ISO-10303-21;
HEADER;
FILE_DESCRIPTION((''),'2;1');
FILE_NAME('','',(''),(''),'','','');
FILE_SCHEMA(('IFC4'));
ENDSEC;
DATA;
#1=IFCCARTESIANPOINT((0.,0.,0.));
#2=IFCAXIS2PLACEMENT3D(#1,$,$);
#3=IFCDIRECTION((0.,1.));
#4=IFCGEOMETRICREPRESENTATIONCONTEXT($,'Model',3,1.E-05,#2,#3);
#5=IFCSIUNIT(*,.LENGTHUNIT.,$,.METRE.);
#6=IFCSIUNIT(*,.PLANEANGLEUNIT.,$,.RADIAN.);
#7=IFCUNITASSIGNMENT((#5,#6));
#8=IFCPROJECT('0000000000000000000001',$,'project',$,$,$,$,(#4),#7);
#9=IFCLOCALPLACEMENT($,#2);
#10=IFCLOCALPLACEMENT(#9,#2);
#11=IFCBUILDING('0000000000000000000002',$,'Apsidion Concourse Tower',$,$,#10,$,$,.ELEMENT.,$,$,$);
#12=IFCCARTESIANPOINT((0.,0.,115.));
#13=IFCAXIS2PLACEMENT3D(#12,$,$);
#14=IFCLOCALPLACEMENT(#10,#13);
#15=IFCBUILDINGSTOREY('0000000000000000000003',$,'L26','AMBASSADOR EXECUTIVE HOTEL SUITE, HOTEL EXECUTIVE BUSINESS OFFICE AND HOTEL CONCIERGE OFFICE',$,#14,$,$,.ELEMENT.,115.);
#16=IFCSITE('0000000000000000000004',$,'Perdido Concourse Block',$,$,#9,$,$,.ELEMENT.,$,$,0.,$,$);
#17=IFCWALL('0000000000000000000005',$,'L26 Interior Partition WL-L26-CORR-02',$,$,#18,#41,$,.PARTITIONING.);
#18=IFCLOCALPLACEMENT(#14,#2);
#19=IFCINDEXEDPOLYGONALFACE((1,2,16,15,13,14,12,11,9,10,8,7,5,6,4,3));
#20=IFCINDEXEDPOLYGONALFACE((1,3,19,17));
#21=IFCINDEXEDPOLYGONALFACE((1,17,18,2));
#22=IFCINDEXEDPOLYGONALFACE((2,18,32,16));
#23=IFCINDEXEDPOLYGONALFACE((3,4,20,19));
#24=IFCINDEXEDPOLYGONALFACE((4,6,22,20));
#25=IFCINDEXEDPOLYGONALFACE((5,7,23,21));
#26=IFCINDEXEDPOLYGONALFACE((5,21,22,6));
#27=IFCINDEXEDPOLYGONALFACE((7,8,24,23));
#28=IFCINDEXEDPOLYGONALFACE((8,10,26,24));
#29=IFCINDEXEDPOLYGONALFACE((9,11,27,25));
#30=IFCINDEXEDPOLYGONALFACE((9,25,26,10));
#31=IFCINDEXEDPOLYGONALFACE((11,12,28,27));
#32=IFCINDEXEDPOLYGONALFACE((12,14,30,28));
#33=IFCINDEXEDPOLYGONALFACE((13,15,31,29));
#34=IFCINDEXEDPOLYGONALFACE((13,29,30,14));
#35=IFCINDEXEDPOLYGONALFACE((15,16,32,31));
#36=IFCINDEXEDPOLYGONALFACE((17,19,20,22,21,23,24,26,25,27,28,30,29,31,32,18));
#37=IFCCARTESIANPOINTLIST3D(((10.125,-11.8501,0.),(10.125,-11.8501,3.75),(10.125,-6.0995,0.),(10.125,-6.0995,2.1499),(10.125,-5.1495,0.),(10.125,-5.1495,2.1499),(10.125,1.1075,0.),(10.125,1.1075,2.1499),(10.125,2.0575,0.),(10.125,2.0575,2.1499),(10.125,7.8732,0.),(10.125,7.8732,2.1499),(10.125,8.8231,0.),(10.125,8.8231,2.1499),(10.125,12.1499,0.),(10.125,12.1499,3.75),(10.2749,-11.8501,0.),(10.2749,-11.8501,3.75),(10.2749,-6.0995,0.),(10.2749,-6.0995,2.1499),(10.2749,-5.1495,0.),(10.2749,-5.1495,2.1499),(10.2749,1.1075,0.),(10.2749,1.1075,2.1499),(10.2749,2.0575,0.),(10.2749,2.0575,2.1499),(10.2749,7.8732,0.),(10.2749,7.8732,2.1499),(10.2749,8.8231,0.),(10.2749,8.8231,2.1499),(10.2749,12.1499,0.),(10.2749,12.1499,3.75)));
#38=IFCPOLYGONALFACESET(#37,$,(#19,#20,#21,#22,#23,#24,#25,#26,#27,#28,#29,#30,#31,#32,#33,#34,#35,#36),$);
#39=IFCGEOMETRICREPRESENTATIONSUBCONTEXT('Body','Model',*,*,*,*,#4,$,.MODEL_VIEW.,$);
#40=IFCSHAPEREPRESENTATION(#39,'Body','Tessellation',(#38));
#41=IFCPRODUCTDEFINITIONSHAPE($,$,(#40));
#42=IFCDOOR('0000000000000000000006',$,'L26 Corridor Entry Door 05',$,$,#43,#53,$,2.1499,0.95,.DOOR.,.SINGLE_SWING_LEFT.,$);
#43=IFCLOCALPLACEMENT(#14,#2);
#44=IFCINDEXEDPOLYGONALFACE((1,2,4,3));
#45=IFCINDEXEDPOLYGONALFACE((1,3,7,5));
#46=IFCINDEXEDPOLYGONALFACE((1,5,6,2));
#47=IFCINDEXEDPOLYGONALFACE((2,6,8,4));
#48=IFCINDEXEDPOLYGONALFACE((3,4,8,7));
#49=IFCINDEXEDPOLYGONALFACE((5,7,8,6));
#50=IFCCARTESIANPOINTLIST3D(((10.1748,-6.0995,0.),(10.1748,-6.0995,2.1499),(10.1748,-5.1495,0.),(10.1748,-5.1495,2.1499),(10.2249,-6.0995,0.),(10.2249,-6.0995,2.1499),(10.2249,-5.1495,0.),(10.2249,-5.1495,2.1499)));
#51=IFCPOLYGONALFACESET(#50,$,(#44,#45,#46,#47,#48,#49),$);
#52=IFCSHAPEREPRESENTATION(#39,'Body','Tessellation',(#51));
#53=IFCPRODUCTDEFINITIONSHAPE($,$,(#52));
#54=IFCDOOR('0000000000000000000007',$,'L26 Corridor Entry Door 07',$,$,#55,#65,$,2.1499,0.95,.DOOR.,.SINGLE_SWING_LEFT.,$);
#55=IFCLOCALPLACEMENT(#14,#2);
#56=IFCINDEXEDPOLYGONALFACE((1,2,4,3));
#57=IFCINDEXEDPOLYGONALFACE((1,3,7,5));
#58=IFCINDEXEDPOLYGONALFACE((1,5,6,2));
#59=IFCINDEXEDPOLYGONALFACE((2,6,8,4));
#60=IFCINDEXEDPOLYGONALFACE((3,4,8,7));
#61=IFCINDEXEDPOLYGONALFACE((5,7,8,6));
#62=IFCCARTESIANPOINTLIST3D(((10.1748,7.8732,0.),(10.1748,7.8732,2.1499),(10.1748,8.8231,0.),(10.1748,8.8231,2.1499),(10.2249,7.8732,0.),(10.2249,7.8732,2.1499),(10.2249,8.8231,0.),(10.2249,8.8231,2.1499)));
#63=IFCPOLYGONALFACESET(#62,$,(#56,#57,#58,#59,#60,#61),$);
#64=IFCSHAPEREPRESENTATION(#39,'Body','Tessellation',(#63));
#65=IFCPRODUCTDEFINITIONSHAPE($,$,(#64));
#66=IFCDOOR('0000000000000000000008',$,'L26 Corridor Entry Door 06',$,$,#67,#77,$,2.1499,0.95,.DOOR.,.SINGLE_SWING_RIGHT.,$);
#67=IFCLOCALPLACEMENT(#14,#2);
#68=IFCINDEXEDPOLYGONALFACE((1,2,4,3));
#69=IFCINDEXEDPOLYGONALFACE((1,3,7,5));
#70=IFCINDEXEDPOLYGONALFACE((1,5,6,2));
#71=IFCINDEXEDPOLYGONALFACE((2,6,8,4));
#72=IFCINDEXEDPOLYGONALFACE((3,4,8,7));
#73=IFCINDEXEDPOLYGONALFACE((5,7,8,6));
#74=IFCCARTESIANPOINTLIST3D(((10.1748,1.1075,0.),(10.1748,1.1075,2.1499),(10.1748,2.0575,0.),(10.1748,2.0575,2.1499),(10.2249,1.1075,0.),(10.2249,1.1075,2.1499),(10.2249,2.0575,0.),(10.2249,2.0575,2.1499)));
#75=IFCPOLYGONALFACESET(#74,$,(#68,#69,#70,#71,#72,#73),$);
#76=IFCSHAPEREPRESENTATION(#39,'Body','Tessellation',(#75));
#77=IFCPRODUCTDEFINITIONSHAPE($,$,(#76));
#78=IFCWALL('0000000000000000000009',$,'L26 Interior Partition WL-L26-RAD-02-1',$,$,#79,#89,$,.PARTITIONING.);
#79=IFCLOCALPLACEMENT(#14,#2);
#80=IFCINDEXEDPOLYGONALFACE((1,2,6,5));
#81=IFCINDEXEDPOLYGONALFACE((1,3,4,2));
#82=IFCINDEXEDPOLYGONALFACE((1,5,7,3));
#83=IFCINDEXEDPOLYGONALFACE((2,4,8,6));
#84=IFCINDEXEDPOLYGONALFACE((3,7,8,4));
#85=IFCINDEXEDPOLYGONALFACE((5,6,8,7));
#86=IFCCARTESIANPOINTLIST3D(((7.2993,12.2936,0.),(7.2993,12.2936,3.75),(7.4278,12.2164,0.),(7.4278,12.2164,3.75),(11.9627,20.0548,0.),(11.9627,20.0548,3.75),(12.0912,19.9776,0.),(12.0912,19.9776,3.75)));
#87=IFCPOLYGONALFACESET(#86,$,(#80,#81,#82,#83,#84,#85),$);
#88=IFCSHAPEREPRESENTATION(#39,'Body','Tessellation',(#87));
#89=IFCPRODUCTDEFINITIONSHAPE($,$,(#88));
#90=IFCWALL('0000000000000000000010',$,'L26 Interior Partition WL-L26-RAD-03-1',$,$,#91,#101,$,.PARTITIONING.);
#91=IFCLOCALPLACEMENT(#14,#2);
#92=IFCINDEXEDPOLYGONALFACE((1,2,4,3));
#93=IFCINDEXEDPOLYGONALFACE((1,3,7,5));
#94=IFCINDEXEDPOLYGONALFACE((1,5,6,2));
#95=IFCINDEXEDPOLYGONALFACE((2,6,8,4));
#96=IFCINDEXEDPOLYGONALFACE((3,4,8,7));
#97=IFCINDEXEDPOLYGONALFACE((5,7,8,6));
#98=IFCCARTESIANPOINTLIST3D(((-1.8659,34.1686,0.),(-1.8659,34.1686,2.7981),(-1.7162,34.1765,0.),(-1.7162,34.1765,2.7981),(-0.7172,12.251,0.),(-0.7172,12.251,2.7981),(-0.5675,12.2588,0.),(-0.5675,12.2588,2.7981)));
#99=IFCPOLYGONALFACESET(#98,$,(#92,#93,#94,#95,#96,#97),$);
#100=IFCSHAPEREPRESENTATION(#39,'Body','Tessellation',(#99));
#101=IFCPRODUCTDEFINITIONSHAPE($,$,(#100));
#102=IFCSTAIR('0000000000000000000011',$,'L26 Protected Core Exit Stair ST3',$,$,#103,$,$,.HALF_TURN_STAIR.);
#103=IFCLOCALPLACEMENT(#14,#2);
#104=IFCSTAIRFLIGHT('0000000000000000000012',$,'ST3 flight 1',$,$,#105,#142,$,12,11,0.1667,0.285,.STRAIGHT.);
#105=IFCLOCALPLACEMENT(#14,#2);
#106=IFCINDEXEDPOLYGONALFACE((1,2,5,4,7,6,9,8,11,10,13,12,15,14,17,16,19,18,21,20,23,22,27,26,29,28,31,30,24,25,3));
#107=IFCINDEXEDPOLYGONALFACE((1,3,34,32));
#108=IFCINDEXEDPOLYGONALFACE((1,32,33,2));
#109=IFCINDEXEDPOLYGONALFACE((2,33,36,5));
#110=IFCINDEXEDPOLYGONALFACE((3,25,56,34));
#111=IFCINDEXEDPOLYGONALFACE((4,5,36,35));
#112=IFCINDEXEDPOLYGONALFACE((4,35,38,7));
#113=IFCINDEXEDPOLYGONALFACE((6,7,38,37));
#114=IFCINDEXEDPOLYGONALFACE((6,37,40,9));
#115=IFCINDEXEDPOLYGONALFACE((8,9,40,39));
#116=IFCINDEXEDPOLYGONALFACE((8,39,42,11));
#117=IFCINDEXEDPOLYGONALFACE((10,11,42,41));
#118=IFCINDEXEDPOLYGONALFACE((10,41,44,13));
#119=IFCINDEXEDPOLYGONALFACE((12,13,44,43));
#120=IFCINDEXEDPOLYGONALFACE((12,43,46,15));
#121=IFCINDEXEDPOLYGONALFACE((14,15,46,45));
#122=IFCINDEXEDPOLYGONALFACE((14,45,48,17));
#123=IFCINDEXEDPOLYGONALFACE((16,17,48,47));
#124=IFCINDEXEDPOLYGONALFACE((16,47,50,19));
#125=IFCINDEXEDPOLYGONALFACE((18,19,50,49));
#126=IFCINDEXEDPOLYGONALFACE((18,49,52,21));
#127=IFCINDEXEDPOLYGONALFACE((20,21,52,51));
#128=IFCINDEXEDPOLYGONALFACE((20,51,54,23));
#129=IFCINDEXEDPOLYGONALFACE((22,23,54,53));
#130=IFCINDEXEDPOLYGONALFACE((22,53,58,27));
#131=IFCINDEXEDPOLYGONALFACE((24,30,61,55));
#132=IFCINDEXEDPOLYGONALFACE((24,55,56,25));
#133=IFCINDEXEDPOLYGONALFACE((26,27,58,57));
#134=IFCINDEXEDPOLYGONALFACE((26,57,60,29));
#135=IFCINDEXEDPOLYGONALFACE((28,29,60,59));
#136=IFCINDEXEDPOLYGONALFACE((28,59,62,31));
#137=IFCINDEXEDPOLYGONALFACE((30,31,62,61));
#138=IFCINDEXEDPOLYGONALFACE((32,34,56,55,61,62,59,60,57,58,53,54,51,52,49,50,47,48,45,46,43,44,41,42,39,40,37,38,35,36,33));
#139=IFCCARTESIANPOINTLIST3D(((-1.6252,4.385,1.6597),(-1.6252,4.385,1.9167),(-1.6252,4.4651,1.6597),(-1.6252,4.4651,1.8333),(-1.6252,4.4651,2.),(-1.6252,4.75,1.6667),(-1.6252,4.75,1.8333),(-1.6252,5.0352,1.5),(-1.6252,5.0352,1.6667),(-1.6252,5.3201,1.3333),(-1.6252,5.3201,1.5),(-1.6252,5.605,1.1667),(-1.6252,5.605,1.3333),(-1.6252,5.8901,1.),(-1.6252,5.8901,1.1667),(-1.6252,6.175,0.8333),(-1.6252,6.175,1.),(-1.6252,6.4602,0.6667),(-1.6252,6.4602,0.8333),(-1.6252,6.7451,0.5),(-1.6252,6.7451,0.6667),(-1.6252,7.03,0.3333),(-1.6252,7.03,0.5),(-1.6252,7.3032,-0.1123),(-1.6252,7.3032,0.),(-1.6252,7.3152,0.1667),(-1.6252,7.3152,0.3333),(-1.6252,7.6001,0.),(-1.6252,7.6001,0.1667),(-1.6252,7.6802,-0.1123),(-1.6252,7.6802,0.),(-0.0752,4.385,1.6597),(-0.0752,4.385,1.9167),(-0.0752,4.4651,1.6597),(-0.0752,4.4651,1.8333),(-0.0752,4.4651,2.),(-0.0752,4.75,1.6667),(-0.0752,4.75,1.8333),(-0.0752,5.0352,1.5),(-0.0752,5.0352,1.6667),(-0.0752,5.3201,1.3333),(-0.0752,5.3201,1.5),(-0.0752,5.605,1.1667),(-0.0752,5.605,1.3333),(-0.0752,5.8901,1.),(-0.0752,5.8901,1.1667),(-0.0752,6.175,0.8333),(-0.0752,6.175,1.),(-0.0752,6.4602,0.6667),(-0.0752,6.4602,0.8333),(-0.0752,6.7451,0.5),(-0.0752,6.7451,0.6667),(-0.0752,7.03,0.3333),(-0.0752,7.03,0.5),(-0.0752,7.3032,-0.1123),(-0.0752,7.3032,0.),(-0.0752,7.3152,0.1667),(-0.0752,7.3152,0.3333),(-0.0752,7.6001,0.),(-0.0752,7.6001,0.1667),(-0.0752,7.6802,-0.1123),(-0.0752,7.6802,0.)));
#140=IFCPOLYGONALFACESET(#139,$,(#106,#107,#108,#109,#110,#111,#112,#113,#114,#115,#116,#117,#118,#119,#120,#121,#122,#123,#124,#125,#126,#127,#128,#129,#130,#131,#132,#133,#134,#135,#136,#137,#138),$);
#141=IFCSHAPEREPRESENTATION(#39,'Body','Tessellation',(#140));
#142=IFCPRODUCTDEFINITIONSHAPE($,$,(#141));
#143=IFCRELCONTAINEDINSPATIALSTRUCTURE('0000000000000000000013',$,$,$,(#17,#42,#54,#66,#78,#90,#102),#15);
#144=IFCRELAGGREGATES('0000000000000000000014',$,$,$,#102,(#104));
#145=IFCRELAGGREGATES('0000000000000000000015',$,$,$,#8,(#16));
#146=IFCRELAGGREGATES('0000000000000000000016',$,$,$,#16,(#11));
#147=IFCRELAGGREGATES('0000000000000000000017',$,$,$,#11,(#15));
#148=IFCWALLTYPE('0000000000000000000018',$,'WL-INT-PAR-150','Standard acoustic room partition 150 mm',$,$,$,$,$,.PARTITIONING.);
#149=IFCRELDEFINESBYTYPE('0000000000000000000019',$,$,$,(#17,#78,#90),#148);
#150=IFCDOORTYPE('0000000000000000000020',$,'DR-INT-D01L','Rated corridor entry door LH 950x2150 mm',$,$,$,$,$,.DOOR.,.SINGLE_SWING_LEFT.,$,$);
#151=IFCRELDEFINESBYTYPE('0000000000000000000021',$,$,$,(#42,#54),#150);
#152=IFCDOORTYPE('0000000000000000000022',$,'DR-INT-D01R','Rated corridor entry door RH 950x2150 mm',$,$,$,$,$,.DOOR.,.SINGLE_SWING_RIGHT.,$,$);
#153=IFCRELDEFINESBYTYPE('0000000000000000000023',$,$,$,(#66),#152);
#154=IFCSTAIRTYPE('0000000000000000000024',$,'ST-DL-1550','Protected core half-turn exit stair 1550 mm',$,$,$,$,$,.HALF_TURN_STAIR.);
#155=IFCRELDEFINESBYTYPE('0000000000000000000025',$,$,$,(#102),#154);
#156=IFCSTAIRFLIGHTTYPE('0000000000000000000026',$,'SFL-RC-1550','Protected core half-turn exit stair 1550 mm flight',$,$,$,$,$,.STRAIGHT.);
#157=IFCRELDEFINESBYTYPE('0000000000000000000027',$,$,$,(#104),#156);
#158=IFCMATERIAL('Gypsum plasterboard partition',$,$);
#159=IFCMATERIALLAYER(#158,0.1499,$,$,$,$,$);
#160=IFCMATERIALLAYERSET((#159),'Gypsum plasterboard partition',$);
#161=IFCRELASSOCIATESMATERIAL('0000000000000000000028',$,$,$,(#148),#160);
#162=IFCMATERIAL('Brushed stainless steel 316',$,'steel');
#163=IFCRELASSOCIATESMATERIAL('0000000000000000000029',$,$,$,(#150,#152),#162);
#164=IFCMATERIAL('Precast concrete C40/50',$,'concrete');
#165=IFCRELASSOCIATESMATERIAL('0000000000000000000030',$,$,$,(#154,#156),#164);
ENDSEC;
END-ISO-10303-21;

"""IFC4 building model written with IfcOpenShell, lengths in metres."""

from ifc_helpers import new_model, si_unit, direction, frame, frame_2d, origin, place, context, subcontext, project, spatial, polyline, rectangle, outline, extrude, material, layer, layer_set, type_object, element, fill, aggregate, save


model = new_model("IFC4")

# Units and contexts
model_context = context("Model", 3, precision=1e-05, world=origin(), true_north=direction((0.0, 1.0)))
body_context = subcontext(model_context, "Body", "Model", "MODEL_VIEW")
ifc_project = project(units=[si_unit("LENGTHUNIT", "METRE"), si_unit("PLANEANGLEUNIT", "RADIAN")], contexts=[model_context])

# Site, building, storey
site_placement = place(None, origin())
site = spatial("IfcSite", under=ifc_project, at=site_placement, Name="Perdido Concourse Block", CompositionType="ELEMENT", RefElevation=0.0)
building_placement = place(site_placement, origin())
building = spatial("IfcBuilding", under=site, at=building_placement, Name="Apsidion Concourse Tower", CompositionType="ELEMENT")
storey_placement = place(building_placement, frame((0.0, 0.0, 115.0)))
storey = spatial("IfcBuildingStorey", under=building, at=storey_placement, Name="L26", Description="AMBASSADOR EXECUTIVE HOTEL SUITE, HOTEL EXECUTIVE BUSINESS OFFICE AND HOTEL CONCIERGE OFFICE", CompositionType="ELEMENT", Elevation=115.0)

# Shared definitions
ifc_material_1 = material(Name="Gypsum plasterboard partition")

# Wall, openings, doors
ifc_layer_1 = layer(ifc_material_1, 0.1499)
ifc_layer_set_1 = layer_set([ifc_layer_1], Name="Gypsum plasterboard partition")
wall_type_1 = type_object("IfcWallType", Name="WL-INT-PAR-150", Description="Standard acoustic room partition 150 mm", PredefinedType="PARTITIONING", material=ifc_layer_set_1)
wall_1_placement = place(storey_placement, frame((10.2, 12.1499, 0.0), z_axis=(0.0, 0.0, 1.0), x_axis=(0.0, -1.0, 0.0)))
wall_1 = element("IfcWall", 1, at=wall_1_placement, inside=storey, type_object=wall_type_1, Name="L26 Interior Partition WL-L26-CORR-02", PredefinedType="PARTITIONING", context=body_context, shape_type="SweptSolid", body=[
    extrude(rectangle(XDim=24.0, YDim=0.1499, at=frame_2d((12.0, 0.0))), origin(), (0.0, 0.0, 1.0), 3.75),
])
opening_1_placement = place(wall_1_placement, frame((17.2993, 0.0, 0.0)))
opening_1 = element("IfcOpeningElement", 2, at=opening_1_placement, cuts=wall_1, PredefinedType="OPENING", context=body_context, shape_type="SweptSolid", body=[
    extrude(rectangle(XDim=0.95, YDim=2.1499, at=frame_2d((0.4751, 1.075))), frame((0.0, 0.085, 0.0), z_axis=(0.0, -1.0, 0.0), x_axis=(1.0, 0.0, 0.0)), (0.0, 0.0, 1.0), 0.1699),
])
opening_2_placement = place(wall_1_placement, frame((10.0923, 0.0, 0.0)))
opening_2 = element("IfcOpeningElement", 3, at=opening_2_placement, cuts=wall_1, PredefinedType="OPENING", context=body_context, shape_type="SweptSolid", body=[
    extrude(rectangle(XDim=0.95, YDim=2.1499, at=frame_2d((0.4751, 1.075))), frame((0.0, 0.085, 0.0), z_axis=(0.0, -1.0, 0.0), x_axis=(1.0, 0.0, 0.0)), (0.0, 0.0, 1.0), 0.1699),
])
opening_3_placement = place(wall_1_placement, frame((3.3267, 0.0, 0.0)))
opening_3 = element("IfcOpeningElement", 4, at=opening_3_placement, cuts=wall_1, PredefinedType="OPENING", context=body_context, shape_type="SweptSolid", body=[
    extrude(rectangle(XDim=0.95, YDim=2.1499, at=frame_2d((0.4751, 1.075))), frame((0.0, 0.085, 0.0), z_axis=(0.0, -1.0, 0.0), x_axis=(1.0, 0.0, 0.0)), (0.0, 0.0, 1.0), 0.1699),
])
ifc_material_2 = material(Name="Brushed stainless steel 316", Category="steel")
door_type_1 = type_object("IfcDoorType", Name="DR-INT-D01L", Description="Rated corridor entry door LH 950x2150 mm", OperationType="SINGLE_SWING_LEFT", PredefinedType="DOOR", material=ifc_material_2)
door_1_placement = place(opening_1_placement, origin())
door_1 = element("IfcDoor", 5, at=door_1_placement, inside=storey, type_object=door_type_1, Name="L26 Corridor Entry Door 05", OperationType="SINGLE_SWING_LEFT", OverallHeight=2.1499, OverallWidth=0.95, PredefinedType="DOOR", context=body_context, shape_type="SweptSolid", body=[
    extrude(rectangle(XDim=0.95, YDim=2.1499, at=frame_2d((0.4751, 1.075))), frame((0.0, 0.0249, 0.0), z_axis=(0.0, -1.0, 0.0), x_axis=(1.0, 0.0, 0.0)), (0.0, 0.0, 1.0), 0.05),
])
fill(opening_1, door_1)
door_2_placement = place(opening_3_placement, origin())
door_2 = element("IfcDoor", 6, at=door_2_placement, inside=storey, type_object=door_type_1, Name="L26 Corridor Entry Door 07", OperationType="SINGLE_SWING_LEFT", OverallHeight=2.1499, OverallWidth=0.95, PredefinedType="DOOR", context=body_context, shape_type="SweptSolid", body=[
    extrude(rectangle(XDim=0.95, YDim=2.1499, at=frame_2d((0.4751, 1.075))), frame((0.0, 0.0249, 0.0), z_axis=(0.0, -1.0, 0.0), x_axis=(1.0, 0.0, 0.0)), (0.0, 0.0, 1.0), 0.05),
])
fill(opening_3, door_2)
door_type_2 = type_object("IfcDoorType", Name="DR-INT-D01R", Description="Rated corridor entry door RH 950x2150 mm", OperationType="SINGLE_SWING_RIGHT", PredefinedType="DOOR", material=ifc_material_2)
door_3_placement = place(opening_2_placement, origin())
door_3 = element("IfcDoor", 7, at=door_3_placement, inside=storey, type_object=door_type_2, Name="L26 Corridor Entry Door 06", OperationType="SINGLE_SWING_RIGHT", OverallHeight=2.1499, OverallWidth=0.95, PredefinedType="DOOR", context=body_context, shape_type="SweptSolid", body=[
    extrude(rectangle(XDim=0.95, YDim=2.1499, at=frame_2d((0.4751, 1.075))), frame((0.0, 0.0249, 0.0), z_axis=(0.0, -1.0, 0.0), x_axis=(1.0, 0.0, 0.0)), (0.0, 0.0, 1.0), 0.05),
])
fill(opening_2, door_3)

# Walls
wall_2_placement = place(storey_placement, frame((7.3635, 12.2549, 0.0), z_axis=(0.0, 0.0, 1.0), x_axis=(0.515031, 0.857172, 0.0)))
element("IfcWall", 8, at=wall_2_placement, inside=storey, type_object=wall_type_1, Name="L26 Interior Partition WL-L26-RAD-02-1", PredefinedType="PARTITIONING", context=body_context, shape_type="SweptSolid", body=[
    extrude(rectangle(XDim=9.0544, YDim=0.1499, at=frame_2d((4.5273, 0.0))), origin(), (0.0, 0.0, 1.0), 3.75),
])
wall_3_placement = place(storey_placement, frame((-0.6423, 12.2549, 0.0), z_axis=(0.0, 0.0, 1.0), x_axis=(-0.052337, 0.998629, 0.0)))
element("IfcWall", 9, at=wall_3_placement, inside=storey, type_object=wall_type_1, Name="L26 Interior Partition WL-L26-RAD-03-1", PredefinedType="PARTITIONING", context=body_context, shape_type="SweptSolid", body=[
    extrude(rectangle(XDim=21.9478, YDim=0.1499, at=frame_2d((10.9739, 0.0))), origin(), (0.0, 0.0, 1.0), 2.7981),
])

# Stair, stair flight
ifc_material_3 = material(Name="Precast concrete C40/50", Category="concrete")
stair_type = type_object("IfcStairType", Name="ST-DL-1550", Description="Protected core half-turn exit stair 1550 mm", PredefinedType="HALF_TURN_STAIR", material=ifc_material_3)
stair_placement = place(storey_placement, origin())
stair = element("IfcStair", 10, at=stair_placement, inside=storey, type_object=stair_type, Name="L26 Protected Core Exit Stair ST3", PredefinedType="HALF_TURN_STAIR")
stair_flight_type = type_object("IfcStairFlightType", Name="SFL-RC-1550", Description="Protected core half-turn exit stair 1550 mm flight", PredefinedType="STRAIGHT", material=ifc_material_3)
stair_flight_placement = place(storey_placement, frame((-0.8501, 7.6001, 0.0), z_axis=(0.0, 0.0, 1.0), x_axis=(0.0, -1.0, 0.0)))
stair_flight = element("IfcStairFlight", 11, at=stair_flight_placement, type_object=stair_flight_type, Name="ST3 flight 1", NumberOfRisers=12, NumberOfTreads=11, PredefinedType="STRAIGHT", RiserHeight=0.1667, TreadLength=0.285, context=body_context, shape_type="SweptSolid", body=[
    extrude(outline(polyline([(-0.0801, -0.1123), (-0.0801, 0.0), (0.0, 0.0), (0.0, 0.1667), (0.2849, 0.1667), (0.2849, 0.3333), (0.5701, 0.3333), (0.5701, 0.5), (0.855, 0.5), (0.855, 0.6667), (1.1399, 0.6667), (1.1399, 0.8333), (1.425, 0.8333), (1.425, 1.0), (1.71, 1.0), (1.71, 1.1667), (1.9951, 1.1667), (1.9951, 1.3333), (2.28, 1.3333), (2.28, 1.5), (2.5649, 1.5), (2.5649, 1.6667), (2.8501, 1.6667), (2.8501, 1.8333), (3.135, 1.8333), (3.135, 2.0), (3.2151, 1.9167), (3.2151, 1.6597), (3.135, 1.6597), (0.2969, 0.0), (0.2969, -0.1123), (-0.0801, -0.1123)])), frame((0.0, 0.7749, 0.0), z_axis=(0.0, -1.0, 0.0), x_axis=(1.0, 0.0, 0.0)), (0.0, 0.0, 1.0), 1.55),
])
aggregate(stair, [stair_flight])

save(model, "model.ifc")
